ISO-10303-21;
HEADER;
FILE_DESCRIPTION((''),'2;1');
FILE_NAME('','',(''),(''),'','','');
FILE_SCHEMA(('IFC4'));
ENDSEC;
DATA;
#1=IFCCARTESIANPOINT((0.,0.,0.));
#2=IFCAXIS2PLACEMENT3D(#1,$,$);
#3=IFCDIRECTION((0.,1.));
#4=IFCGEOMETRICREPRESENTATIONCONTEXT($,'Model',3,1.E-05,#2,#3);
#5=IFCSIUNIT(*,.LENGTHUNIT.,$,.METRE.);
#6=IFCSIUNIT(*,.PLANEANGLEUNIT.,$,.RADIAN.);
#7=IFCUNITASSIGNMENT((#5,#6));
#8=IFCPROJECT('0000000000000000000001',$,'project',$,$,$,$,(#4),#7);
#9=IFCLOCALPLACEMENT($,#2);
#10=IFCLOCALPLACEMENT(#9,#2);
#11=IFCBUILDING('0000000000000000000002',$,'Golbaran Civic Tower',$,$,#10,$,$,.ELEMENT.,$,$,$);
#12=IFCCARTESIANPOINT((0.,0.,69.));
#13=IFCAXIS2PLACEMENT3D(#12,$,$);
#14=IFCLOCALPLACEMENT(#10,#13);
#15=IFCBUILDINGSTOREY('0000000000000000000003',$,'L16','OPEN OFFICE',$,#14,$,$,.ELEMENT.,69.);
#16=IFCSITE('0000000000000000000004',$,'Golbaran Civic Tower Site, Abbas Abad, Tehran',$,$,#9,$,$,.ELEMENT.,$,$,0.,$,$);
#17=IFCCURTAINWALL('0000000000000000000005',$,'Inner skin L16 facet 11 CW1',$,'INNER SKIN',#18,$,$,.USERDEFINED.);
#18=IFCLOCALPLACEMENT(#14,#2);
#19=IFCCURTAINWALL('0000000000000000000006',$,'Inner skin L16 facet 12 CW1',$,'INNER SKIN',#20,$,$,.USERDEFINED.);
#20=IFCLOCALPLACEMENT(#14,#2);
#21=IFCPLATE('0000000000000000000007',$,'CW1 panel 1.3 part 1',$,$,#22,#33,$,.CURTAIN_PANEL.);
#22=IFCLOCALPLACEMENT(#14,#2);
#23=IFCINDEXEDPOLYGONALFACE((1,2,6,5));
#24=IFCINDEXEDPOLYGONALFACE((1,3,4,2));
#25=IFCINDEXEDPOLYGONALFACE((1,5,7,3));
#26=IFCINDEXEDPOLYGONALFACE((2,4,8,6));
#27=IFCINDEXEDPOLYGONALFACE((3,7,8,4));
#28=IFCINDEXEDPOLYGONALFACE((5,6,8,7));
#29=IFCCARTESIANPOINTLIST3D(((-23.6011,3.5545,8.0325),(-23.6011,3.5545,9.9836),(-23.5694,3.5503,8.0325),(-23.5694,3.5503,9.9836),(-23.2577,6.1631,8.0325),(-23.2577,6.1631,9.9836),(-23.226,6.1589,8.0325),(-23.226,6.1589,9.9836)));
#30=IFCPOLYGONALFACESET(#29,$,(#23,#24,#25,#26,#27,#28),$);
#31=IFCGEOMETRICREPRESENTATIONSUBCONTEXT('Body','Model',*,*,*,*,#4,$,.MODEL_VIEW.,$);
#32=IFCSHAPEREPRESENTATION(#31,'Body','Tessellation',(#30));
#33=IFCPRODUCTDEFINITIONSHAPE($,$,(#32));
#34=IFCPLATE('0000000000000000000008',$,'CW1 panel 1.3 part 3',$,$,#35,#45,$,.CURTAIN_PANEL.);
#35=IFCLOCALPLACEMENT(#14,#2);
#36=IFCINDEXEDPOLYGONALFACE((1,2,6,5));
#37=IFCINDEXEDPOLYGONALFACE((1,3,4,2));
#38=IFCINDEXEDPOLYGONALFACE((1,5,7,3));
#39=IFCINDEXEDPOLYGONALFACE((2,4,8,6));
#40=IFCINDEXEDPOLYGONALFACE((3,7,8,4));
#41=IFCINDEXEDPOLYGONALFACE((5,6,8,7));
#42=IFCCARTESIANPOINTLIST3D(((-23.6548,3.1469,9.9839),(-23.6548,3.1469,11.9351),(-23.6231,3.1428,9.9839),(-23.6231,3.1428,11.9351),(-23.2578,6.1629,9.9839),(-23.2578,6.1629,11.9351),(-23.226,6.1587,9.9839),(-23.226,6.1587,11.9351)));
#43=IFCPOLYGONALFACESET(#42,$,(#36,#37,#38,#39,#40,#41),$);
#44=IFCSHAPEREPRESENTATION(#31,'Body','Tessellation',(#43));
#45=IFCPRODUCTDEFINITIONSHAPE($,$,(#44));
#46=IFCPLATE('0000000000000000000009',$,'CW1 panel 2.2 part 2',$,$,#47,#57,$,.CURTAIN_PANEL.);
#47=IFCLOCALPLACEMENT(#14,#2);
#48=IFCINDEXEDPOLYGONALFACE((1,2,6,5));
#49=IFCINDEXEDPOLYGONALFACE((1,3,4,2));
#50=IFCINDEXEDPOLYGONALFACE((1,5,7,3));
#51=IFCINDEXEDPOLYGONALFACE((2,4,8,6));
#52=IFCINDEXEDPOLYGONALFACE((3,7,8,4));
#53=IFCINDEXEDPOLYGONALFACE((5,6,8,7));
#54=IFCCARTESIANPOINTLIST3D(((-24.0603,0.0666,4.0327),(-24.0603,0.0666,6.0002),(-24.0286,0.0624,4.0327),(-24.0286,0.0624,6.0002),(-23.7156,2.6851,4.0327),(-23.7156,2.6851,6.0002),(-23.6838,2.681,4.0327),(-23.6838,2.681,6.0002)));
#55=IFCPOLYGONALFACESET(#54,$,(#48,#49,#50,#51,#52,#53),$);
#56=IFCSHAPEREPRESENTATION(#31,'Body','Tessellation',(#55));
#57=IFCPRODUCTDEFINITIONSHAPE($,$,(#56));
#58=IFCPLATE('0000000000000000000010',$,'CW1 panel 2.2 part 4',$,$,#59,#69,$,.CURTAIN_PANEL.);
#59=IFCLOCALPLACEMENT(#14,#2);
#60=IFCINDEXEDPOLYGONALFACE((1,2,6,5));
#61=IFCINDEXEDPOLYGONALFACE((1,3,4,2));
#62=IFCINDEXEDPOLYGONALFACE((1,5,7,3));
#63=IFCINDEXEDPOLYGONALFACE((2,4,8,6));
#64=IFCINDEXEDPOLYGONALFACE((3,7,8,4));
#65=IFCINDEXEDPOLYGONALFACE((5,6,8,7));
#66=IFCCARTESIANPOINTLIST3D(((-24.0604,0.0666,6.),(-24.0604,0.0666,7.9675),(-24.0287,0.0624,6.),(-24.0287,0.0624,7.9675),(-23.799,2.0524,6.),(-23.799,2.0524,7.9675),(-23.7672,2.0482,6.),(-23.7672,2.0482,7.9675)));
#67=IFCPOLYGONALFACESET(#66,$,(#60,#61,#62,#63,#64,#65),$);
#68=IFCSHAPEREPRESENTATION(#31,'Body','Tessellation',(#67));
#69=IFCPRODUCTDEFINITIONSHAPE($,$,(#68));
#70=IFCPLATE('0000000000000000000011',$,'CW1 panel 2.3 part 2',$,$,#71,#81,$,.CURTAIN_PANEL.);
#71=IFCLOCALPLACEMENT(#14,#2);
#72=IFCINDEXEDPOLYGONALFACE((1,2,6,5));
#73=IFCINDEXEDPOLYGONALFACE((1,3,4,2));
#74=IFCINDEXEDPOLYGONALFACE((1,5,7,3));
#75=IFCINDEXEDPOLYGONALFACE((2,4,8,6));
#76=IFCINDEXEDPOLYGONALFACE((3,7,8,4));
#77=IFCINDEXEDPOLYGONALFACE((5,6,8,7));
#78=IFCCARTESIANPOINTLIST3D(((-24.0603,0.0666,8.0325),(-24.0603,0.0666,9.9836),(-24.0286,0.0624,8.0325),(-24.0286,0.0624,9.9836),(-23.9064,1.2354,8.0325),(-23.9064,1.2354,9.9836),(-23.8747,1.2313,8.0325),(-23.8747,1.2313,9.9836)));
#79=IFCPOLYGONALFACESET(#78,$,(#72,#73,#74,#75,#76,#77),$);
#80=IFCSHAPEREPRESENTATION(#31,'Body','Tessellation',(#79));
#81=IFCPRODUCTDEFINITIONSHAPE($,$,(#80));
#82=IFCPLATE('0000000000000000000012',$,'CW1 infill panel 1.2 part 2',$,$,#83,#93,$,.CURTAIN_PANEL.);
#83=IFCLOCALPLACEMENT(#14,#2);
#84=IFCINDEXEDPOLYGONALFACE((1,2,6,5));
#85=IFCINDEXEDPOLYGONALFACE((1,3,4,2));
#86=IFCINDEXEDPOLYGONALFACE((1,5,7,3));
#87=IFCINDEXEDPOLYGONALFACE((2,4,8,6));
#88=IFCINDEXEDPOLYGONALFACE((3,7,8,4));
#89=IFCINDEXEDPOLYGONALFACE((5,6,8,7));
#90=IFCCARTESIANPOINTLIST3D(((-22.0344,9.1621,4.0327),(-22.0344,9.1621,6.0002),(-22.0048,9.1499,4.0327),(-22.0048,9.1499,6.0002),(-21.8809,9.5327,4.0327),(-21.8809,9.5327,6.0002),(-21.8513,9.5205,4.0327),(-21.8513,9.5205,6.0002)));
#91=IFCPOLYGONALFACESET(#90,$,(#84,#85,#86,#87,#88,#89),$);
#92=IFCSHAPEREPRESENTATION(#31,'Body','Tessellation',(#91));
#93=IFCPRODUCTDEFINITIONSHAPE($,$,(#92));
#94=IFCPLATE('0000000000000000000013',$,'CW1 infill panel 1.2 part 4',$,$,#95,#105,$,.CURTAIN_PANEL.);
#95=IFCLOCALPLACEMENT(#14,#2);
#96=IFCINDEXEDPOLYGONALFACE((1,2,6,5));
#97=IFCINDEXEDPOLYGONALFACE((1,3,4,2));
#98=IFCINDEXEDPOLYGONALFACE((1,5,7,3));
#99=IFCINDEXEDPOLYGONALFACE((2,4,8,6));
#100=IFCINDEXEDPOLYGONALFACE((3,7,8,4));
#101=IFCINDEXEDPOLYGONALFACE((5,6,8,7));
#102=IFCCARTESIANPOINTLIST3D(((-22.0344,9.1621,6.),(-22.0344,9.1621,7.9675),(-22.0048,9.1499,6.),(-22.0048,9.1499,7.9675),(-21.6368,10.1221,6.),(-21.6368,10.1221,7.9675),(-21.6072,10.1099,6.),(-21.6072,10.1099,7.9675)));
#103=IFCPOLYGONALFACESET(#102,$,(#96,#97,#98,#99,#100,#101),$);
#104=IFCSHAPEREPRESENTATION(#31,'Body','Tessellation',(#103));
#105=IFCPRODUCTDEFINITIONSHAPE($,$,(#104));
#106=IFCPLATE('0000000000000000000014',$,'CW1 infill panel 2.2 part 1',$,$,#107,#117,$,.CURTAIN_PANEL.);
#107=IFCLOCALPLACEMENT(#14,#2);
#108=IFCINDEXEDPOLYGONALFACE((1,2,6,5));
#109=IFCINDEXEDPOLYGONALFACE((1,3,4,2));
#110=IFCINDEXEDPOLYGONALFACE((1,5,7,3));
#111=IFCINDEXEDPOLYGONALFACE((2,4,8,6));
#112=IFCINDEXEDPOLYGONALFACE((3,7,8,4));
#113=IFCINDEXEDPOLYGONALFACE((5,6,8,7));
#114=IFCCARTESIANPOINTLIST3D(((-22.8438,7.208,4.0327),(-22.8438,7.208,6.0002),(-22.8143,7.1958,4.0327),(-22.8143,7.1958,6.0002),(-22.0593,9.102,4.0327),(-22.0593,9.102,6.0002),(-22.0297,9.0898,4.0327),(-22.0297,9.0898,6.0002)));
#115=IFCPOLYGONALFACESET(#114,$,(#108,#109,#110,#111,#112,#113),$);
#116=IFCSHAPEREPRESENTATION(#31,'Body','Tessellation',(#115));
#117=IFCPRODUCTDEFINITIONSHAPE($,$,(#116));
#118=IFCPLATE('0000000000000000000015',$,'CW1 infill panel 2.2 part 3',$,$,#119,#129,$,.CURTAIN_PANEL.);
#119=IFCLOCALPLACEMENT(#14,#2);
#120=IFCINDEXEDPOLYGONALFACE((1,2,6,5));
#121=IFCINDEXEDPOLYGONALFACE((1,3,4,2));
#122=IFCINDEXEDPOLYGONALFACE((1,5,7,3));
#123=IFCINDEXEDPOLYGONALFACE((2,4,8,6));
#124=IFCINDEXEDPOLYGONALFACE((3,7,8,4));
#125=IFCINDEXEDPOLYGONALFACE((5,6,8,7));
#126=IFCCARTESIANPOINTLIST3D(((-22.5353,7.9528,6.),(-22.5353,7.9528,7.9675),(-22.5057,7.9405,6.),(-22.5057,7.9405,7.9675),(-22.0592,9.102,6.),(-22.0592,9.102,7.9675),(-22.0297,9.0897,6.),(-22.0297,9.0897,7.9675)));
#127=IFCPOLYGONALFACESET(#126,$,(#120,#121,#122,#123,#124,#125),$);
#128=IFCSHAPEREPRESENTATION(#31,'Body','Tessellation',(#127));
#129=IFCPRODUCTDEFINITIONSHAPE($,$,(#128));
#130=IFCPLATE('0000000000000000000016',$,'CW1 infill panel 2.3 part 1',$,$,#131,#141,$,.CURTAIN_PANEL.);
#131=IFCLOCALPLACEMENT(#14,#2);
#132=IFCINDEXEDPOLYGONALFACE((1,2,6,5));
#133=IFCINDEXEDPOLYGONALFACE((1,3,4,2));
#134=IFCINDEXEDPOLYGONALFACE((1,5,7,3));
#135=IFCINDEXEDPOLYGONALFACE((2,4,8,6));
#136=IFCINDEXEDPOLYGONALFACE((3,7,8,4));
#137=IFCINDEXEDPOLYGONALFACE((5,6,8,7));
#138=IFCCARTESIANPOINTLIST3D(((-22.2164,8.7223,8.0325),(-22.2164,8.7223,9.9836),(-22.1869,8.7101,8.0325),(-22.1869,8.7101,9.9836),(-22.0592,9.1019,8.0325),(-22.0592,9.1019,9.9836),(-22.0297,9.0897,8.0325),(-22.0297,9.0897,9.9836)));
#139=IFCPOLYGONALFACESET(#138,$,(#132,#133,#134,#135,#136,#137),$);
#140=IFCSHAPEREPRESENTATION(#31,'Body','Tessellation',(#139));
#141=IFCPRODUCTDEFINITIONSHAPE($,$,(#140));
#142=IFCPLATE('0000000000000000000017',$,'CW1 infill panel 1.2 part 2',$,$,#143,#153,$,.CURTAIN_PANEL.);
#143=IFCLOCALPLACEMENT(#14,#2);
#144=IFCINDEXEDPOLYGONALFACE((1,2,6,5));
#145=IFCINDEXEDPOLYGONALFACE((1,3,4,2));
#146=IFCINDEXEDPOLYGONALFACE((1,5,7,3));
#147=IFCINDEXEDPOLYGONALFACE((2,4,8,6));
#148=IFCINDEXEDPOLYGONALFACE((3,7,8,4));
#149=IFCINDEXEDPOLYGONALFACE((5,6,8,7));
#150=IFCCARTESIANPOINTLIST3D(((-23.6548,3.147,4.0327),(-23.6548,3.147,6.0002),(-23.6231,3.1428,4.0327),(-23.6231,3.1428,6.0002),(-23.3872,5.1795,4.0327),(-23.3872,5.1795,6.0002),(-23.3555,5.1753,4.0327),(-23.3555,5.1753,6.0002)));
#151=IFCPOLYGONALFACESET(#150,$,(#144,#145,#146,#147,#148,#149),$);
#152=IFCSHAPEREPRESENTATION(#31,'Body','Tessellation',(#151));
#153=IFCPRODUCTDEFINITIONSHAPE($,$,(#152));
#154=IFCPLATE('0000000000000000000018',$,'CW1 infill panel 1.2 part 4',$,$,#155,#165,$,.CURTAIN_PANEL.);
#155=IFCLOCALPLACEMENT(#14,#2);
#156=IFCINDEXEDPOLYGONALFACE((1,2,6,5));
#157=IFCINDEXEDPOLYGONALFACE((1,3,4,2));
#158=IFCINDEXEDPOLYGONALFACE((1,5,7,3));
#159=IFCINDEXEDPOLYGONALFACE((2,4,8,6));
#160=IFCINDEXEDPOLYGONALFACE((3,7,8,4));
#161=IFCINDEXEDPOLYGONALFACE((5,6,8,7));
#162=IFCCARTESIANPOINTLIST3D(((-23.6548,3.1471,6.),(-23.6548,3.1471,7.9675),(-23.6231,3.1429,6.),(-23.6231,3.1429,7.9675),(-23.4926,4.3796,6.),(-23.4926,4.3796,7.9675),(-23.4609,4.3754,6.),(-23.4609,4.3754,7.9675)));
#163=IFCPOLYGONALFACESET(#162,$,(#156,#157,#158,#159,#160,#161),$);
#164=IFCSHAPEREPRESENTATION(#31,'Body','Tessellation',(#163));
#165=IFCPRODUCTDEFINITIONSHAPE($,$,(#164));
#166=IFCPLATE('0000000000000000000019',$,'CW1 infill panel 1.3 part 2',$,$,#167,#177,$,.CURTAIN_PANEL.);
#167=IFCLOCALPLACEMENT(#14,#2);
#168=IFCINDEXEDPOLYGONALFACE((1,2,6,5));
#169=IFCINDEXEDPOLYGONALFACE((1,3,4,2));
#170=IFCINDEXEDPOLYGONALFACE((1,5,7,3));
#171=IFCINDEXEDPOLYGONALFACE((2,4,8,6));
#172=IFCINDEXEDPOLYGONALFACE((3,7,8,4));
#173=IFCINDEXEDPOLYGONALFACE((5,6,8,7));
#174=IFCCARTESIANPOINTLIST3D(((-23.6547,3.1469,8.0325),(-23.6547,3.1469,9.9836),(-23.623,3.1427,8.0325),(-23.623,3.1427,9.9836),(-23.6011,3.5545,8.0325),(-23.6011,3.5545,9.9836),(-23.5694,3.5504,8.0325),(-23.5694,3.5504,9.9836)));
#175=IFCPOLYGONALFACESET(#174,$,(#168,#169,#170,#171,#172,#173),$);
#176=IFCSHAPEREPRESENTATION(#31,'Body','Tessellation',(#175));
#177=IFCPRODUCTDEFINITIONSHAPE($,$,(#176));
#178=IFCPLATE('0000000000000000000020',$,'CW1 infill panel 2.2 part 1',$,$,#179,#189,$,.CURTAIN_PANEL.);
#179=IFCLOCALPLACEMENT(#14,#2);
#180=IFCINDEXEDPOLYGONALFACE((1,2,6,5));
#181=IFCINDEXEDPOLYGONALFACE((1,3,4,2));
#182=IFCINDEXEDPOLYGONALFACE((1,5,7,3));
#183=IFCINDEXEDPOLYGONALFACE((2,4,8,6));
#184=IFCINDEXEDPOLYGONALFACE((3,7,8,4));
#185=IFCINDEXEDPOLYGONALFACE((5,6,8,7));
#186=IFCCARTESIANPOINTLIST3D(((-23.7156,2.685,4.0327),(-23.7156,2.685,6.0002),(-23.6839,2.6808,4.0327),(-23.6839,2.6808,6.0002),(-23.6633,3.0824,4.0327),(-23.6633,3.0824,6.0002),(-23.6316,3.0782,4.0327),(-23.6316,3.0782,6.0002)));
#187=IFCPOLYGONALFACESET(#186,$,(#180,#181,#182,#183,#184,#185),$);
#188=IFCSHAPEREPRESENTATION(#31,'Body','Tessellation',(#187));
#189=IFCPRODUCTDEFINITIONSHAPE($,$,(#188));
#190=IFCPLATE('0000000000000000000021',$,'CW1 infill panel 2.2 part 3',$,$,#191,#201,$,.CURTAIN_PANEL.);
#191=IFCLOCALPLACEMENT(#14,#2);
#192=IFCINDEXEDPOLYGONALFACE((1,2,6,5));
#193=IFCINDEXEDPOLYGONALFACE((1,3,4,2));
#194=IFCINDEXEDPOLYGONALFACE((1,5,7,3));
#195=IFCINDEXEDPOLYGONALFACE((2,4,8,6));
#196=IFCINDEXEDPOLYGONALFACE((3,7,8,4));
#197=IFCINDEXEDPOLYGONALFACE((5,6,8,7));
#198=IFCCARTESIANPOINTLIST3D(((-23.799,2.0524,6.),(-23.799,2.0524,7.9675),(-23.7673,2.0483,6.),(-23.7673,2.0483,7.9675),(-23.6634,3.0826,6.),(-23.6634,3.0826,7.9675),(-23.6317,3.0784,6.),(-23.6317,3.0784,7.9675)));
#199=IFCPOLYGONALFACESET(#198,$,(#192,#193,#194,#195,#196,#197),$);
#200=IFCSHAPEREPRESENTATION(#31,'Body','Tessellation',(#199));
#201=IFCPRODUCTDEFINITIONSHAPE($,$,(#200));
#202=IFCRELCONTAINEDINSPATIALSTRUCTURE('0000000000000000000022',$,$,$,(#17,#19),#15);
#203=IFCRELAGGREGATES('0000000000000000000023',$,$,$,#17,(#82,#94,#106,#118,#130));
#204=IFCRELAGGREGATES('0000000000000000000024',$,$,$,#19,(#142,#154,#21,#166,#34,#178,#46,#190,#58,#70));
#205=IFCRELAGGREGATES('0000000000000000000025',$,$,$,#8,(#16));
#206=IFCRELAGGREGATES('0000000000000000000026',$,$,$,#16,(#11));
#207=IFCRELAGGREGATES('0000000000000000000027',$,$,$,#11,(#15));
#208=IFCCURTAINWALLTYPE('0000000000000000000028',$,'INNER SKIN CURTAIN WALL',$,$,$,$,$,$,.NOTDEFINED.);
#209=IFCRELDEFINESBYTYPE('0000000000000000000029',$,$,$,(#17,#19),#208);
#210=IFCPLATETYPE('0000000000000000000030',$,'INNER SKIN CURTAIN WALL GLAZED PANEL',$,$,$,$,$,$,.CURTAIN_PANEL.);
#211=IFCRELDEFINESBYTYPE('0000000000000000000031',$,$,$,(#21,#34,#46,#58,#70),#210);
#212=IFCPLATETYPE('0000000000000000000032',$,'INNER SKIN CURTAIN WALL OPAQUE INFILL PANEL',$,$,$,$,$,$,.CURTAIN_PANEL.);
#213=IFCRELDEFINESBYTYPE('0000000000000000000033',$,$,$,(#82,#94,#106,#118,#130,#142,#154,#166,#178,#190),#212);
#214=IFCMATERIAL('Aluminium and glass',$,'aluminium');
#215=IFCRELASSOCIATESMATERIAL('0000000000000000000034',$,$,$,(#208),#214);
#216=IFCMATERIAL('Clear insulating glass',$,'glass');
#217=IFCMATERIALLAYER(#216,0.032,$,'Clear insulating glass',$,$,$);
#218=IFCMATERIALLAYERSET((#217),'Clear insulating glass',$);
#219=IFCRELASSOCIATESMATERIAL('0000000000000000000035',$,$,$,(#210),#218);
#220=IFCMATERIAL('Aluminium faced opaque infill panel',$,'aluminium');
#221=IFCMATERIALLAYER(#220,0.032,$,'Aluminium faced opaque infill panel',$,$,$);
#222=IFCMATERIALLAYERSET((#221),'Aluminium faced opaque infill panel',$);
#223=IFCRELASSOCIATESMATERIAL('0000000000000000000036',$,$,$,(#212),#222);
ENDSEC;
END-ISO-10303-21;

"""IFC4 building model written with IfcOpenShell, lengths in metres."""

from ifc_helpers import new_model, si_unit, direction, frame, origin, origin_2d, place, context, subcontext, project, spatial, rectangle, extrude, material, layer, layer_set, type_object, element, aggregate, save


model = new_model("IFC4")

# Units and contexts
model_context = context("Model", 3, precision=1e-05, world=origin(), true_north=direction((0.0, 1.0)))
body_context = subcontext(model_context, "Body", "Model", "MODEL_VIEW")
ifc_project = project(units=[si_unit("LENGTHUNIT", "METRE"), si_unit("PLANEANGLEUNIT", "RADIAN")], contexts=[model_context])

# Site, building, storey
site_placement = place(None, origin())
site = spatial("IfcSite", under=ifc_project, at=site_placement, Name="Golbaran Civic Tower Site, Abbas Abad, Tehran", CompositionType="ELEMENT", RefElevation=0.0)
building_placement = place(site_placement, origin())
building = spatial("IfcBuilding", under=site, at=building_placement, Name="Golbaran Civic Tower", CompositionType="ELEMENT")
storey_placement = place(building_placement, frame((0.0, 0.0, 69.0)))
storey = spatial("IfcBuildingStorey", under=building, at=storey_placement, Name="L16", Description="OPEN OFFICE", CompositionType="ELEMENT", Elevation=69.0)

# Curtain walls
ifc_material_1 = material(Name="Aluminium and glass", Category="aluminium")
curtain_wall_type_1 = type_object("IfcCurtainWallType", Name="INNER SKIN CURTAIN WALL", PredefinedType="NOTDEFINED", material=ifc_material_1)
curtain_wall_1_placement = place(storey_placement, origin())
curtain_wall_1 = element("IfcCurtainWall", 1, at=curtain_wall_1_placement, inside=storey, type_object=curtain_wall_type_1, Name="Inner skin L16 facet 11 CW1", ObjectType="INNER SKIN", PredefinedType="USERDEFINED")
curtain_wall_2_placement = place(storey_placement, origin())
curtain_wall_2 = element("IfcCurtainWall", 2, at=curtain_wall_2_placement, inside=storey, type_object=curtain_wall_type_1, Name="Inner skin L16 facet 12 CW1", ObjectType="INNER SKIN", PredefinedType="USERDEFINED")

# Plates
ifc_material_2 = material(Name="Clear insulating glass", Category="glass")
ifc_layer_1 = layer(ifc_material_2, 0.032, Name="Clear insulating glass")
ifc_layer_set_1 = layer_set([ifc_layer_1], Name="Clear insulating glass")
plate_type_1 = type_object("IfcPlateType", Name="INNER SKIN CURTAIN WALL GLAZED PANEL", PredefinedType="CURTAIN_PANEL", material=ifc_layer_set_1)
plate_1_placement = place(storey_placement, frame((-23.4136, 4.8567, 8.0325), z_axis=(0.0, 0.0, 1.0), x_axis=(-0.130526, -0.991445, 0.0)))
plate_1 = element("IfcPlate", 3, at=plate_1_placement, type_object=plate_type_1, Name="CW1 panel 1.3 part 1", PredefinedType="CURTAIN_PANEL", context=body_context, shape_type="SweptSolid", body=[
    extrude(rectangle(XDim=2.6311, YDim=0.032, at=origin_2d()), origin(), (0.0, 0.0, 1.0), 1.9512),
])
plate_2_placement = place(storey_placement, frame((-23.4404, 4.6528, 9.9839), z_axis=(0.0, 0.0, 1.0), x_axis=(-0.130526, -0.991445, 0.0)))
plate_2 = element("IfcPlate", 4, at=plate_2_placement, type_object=plate_type_1, Name="CW1 panel 1.3 part 3", PredefinedType="CURTAIN_PANEL", context=body_context, shape_type="SweptSolid", body=[
    extrude(rectangle(XDim=3.042, YDim=0.032, at=origin_2d()), origin(), (0.0, 0.0, 1.0), 1.9512),
])
plate_3_placement = place(storey_placement, frame((-23.8721, 1.3738, 4.0327), z_axis=(0.0, 0.0, 1.0), x_axis=(-0.130526, -0.991445, 0.0)))
plate_3 = element("IfcPlate", 5, at=plate_3_placement, type_object=plate_type_1, Name="CW1 panel 2.2 part 2", PredefinedType="CURTAIN_PANEL", context=body_context, shape_type="SweptSolid", body=[
    extrude(rectangle(XDim=2.6411, YDim=0.032, at=origin_2d()), origin(), (0.0, 0.0, 1.0), 1.9675),
])
plate_4_placement = place(storey_placement, frame((-23.9138, 1.0574, 6.0), z_axis=(0.0, 0.0, 1.0), x_axis=(-0.130526, -0.991445, 0.0)))
plate_4 = element("IfcPlate", 6, at=plate_4_placement, type_object=plate_type_1, Name="CW1 panel 2.2 part 4", PredefinedType="CURTAIN_PANEL", context=body_context, shape_type="SweptSolid", body=[
    extrude(rectangle(XDim=2.0029, YDim=0.032, at=origin_2d()), origin(), (0.0, 0.0, 1.0), 1.9675),
])
plate_5_placement = place(storey_placement, frame((-23.9675, 0.6489, 8.0325), z_axis=(0.0, 0.0, 1.0), x_axis=(-0.130526, -0.991445, 0.0)))
plate_5 = element("IfcPlate", 7, at=plate_5_placement, type_object=plate_type_1, Name="CW1 panel 2.3 part 2", PredefinedType="CURTAIN_PANEL", context=body_context, shape_type="SweptSolid", body=[
    extrude(rectangle(XDim=1.179, YDim=0.032, at=origin_2d()), origin(), (0.0, 0.0, 1.0), 1.9512),
])
ifc_material_3 = material(Name="Aluminium faced opaque infill panel", Category="aluminium")
ifc_layer_2 = layer(ifc_material_3, 0.032, Name="Aluminium faced opaque infill panel")
ifc_layer_set_2 = layer_set([ifc_layer_2], Name="Aluminium faced opaque infill panel")
plate_type_2 = type_object("IfcPlateType", Name="INNER SKIN CURTAIN WALL OPAQUE INFILL PANEL", PredefinedType="CURTAIN_PANEL", material=ifc_layer_set_2)
plate_6_placement = place(storey_placement, frame((-21.9429, 9.3413, 4.0327), z_axis=(0.0, 0.0, 1.0), x_axis=(-0.382683, -0.92388, 0.0)))
plate_6 = element("IfcPlate", 8, at=plate_6_placement, type_object=plate_type_2, Name="CW1 infill panel 1.2 part 2", PredefinedType="CURTAIN_PANEL", context=body_context, shape_type="SweptSolid", body=[
    extrude(rectangle(XDim=0.4011, YDim=0.032, at=origin_2d()), origin(), (0.0, 0.0, 1.0), 1.9675),
])
plate_7_placement = place(storey_placement, frame((-21.8208, 9.636, 6.0), z_axis=(0.0, 0.0, 1.0), x_axis=(-0.382683, -0.92388, 0.0)))
plate_7 = element("IfcPlate", 9, at=plate_7_placement, type_object=plate_type_2, Name="CW1 infill panel 1.2 part 4", PredefinedType="CURTAIN_PANEL", context=body_context, shape_type="SweptSolid", body=[
    extrude(rectangle(XDim=1.0391, YDim=0.032, at=origin_2d()), origin(), (0.0, 0.0, 1.0), 1.9675),
])
plate_8_placement = place(storey_placement, frame((-22.4368, 8.1489, 4.0327), z_axis=(0.0, 0.0, 1.0), x_axis=(-0.382683, -0.92388, 0.0)))
plate_8 = element("IfcPlate", 10, at=plate_8_placement, type_object=plate_type_2, Name="CW1 infill panel 2.2 part 1", PredefinedType="CURTAIN_PANEL", context=body_context, shape_type="SweptSolid", body=[
    extrude(rectangle(XDim=2.05, YDim=0.032, at=origin_2d()), origin(), (0.0, 0.0, 1.0), 1.9675),
])
plate_9_placement = place(storey_placement, frame((-22.2825, 8.5212, 6.0), z_axis=(0.0, 0.0, 1.0), x_axis=(-0.382683, -0.92388, 0.0)))
plate_9 = element("IfcPlate", 11, at=plate_9_placement, type_object=plate_type_2, Name="CW1 infill panel 2.2 part 3", PredefinedType="CURTAIN_PANEL", context=body_context, shape_type="SweptSolid", body=[
    extrude(rectangle(XDim=1.2439, YDim=0.032, at=origin_2d()), origin(), (0.0, 0.0, 1.0), 1.9675),
])
plate_10_placement = place(storey_placement, frame((-22.123, 8.906, 8.0325), z_axis=(0.0, 0.0, 1.0), x_axis=(-0.382683, -0.92388, 0.0)))
plate_10 = element("IfcPlate", 12, at=plate_10_placement, type_object=plate_type_2, Name="CW1 infill panel 2.3 part 1", PredefinedType="CURTAIN_PANEL", context=body_context, shape_type="SweptSolid", body=[
    extrude(rectangle(XDim=0.4109, YDim=0.032, at=origin_2d()), origin(), (0.0, 0.0, 1.0), 1.9512),
])
aggregate(curtain_wall_1, [plate_6, plate_7, plate_8, plate_9, plate_10])
plate_11_placement = place(storey_placement, frame((-23.5051, 4.1611, 4.0327), z_axis=(0.0, 0.0, 1.0), x_axis=(-0.130526, -0.991445, 0.0)))
plate_11 = element("IfcPlate", 13, at=plate_11_placement, type_object=plate_type_2, Name="CW1 infill panel 1.2 part 2", PredefinedType="CURTAIN_PANEL", context=body_context, shape_type="SweptSolid", body=[
    extrude(rectangle(XDim=2.05, YDim=0.032, at=origin_2d()), origin(), (0.0, 0.0, 1.0), 1.9675),
])
plate_12_placement = place(storey_placement, frame((-23.5579, 3.7612, 6.0), z_axis=(0.0, 0.0, 1.0), x_axis=(-0.130526, -0.991445, 0.0)))
plate_12 = element("IfcPlate", 14, at=plate_12_placement, type_object=plate_type_2, Name="CW1 infill panel 1.2 part 4", PredefinedType="CURTAIN_PANEL", context=body_context, shape_type="SweptSolid", body=[
    extrude(rectangle(XDim=1.2432, YDim=0.032, at=origin_2d()), origin(), (0.0, 0.0, 1.0), 1.9675),
])
plate_13_placement = place(storey_placement, frame((-23.6121, 3.3486, 8.0325), z_axis=(0.0, 0.0, 1.0), x_axis=(-0.130526, -0.991445, 0.0)))
plate_13 = element("IfcPlate", 15, at=plate_13_placement, type_object=plate_type_2, Name="CW1 infill panel 1.3 part 2", PredefinedType="CURTAIN_PANEL", context=body_context, shape_type="SweptSolid", body=[
    extrude(rectangle(XDim=0.4111, YDim=0.032, at=origin_2d()), origin(), (0.0, 0.0, 1.0), 1.9512),
])
plate_14_placement = place(storey_placement, frame((-23.6736, 2.8816, 4.0327), z_axis=(0.0, 0.0, 1.0), x_axis=(-0.130526, -0.991445, 0.0)))
plate_14 = element("IfcPlate", 16, at=plate_14_placement, type_object=plate_type_2, Name="CW1 infill panel 2.2 part 1", PredefinedType="CURTAIN_PANEL", context=body_context, shape_type="SweptSolid", body=[
    extrude(rectangle(XDim=0.4009, YDim=0.032, at=origin_2d()), origin(), (0.0, 0.0, 1.0), 1.9675),
])
plate_15_placement = place(storey_placement, frame((-23.7153, 2.5654, 6.0), z_axis=(0.0, 0.0, 1.0), x_axis=(-0.130526, -0.991445, 0.0)))
plate_15 = element("IfcPlate", 17, at=plate_15_placement, type_object=plate_type_2, Name="CW1 infill panel 2.2 part 3", PredefinedType="CURTAIN_PANEL", context=body_context, shape_type="SweptSolid", body=[
    extrude(rectangle(XDim=1.0391, YDim=0.032, at=origin_2d()), origin(), (0.0, 0.0, 1.0), 1.9675),
])
aggregate(curtain_wall_2, [plate_11, plate_12, plate_1, plate_13, plate_2, plate_14, plate_3, plate_15, plate_4, plate_5])

save(model, "model.ifc")
